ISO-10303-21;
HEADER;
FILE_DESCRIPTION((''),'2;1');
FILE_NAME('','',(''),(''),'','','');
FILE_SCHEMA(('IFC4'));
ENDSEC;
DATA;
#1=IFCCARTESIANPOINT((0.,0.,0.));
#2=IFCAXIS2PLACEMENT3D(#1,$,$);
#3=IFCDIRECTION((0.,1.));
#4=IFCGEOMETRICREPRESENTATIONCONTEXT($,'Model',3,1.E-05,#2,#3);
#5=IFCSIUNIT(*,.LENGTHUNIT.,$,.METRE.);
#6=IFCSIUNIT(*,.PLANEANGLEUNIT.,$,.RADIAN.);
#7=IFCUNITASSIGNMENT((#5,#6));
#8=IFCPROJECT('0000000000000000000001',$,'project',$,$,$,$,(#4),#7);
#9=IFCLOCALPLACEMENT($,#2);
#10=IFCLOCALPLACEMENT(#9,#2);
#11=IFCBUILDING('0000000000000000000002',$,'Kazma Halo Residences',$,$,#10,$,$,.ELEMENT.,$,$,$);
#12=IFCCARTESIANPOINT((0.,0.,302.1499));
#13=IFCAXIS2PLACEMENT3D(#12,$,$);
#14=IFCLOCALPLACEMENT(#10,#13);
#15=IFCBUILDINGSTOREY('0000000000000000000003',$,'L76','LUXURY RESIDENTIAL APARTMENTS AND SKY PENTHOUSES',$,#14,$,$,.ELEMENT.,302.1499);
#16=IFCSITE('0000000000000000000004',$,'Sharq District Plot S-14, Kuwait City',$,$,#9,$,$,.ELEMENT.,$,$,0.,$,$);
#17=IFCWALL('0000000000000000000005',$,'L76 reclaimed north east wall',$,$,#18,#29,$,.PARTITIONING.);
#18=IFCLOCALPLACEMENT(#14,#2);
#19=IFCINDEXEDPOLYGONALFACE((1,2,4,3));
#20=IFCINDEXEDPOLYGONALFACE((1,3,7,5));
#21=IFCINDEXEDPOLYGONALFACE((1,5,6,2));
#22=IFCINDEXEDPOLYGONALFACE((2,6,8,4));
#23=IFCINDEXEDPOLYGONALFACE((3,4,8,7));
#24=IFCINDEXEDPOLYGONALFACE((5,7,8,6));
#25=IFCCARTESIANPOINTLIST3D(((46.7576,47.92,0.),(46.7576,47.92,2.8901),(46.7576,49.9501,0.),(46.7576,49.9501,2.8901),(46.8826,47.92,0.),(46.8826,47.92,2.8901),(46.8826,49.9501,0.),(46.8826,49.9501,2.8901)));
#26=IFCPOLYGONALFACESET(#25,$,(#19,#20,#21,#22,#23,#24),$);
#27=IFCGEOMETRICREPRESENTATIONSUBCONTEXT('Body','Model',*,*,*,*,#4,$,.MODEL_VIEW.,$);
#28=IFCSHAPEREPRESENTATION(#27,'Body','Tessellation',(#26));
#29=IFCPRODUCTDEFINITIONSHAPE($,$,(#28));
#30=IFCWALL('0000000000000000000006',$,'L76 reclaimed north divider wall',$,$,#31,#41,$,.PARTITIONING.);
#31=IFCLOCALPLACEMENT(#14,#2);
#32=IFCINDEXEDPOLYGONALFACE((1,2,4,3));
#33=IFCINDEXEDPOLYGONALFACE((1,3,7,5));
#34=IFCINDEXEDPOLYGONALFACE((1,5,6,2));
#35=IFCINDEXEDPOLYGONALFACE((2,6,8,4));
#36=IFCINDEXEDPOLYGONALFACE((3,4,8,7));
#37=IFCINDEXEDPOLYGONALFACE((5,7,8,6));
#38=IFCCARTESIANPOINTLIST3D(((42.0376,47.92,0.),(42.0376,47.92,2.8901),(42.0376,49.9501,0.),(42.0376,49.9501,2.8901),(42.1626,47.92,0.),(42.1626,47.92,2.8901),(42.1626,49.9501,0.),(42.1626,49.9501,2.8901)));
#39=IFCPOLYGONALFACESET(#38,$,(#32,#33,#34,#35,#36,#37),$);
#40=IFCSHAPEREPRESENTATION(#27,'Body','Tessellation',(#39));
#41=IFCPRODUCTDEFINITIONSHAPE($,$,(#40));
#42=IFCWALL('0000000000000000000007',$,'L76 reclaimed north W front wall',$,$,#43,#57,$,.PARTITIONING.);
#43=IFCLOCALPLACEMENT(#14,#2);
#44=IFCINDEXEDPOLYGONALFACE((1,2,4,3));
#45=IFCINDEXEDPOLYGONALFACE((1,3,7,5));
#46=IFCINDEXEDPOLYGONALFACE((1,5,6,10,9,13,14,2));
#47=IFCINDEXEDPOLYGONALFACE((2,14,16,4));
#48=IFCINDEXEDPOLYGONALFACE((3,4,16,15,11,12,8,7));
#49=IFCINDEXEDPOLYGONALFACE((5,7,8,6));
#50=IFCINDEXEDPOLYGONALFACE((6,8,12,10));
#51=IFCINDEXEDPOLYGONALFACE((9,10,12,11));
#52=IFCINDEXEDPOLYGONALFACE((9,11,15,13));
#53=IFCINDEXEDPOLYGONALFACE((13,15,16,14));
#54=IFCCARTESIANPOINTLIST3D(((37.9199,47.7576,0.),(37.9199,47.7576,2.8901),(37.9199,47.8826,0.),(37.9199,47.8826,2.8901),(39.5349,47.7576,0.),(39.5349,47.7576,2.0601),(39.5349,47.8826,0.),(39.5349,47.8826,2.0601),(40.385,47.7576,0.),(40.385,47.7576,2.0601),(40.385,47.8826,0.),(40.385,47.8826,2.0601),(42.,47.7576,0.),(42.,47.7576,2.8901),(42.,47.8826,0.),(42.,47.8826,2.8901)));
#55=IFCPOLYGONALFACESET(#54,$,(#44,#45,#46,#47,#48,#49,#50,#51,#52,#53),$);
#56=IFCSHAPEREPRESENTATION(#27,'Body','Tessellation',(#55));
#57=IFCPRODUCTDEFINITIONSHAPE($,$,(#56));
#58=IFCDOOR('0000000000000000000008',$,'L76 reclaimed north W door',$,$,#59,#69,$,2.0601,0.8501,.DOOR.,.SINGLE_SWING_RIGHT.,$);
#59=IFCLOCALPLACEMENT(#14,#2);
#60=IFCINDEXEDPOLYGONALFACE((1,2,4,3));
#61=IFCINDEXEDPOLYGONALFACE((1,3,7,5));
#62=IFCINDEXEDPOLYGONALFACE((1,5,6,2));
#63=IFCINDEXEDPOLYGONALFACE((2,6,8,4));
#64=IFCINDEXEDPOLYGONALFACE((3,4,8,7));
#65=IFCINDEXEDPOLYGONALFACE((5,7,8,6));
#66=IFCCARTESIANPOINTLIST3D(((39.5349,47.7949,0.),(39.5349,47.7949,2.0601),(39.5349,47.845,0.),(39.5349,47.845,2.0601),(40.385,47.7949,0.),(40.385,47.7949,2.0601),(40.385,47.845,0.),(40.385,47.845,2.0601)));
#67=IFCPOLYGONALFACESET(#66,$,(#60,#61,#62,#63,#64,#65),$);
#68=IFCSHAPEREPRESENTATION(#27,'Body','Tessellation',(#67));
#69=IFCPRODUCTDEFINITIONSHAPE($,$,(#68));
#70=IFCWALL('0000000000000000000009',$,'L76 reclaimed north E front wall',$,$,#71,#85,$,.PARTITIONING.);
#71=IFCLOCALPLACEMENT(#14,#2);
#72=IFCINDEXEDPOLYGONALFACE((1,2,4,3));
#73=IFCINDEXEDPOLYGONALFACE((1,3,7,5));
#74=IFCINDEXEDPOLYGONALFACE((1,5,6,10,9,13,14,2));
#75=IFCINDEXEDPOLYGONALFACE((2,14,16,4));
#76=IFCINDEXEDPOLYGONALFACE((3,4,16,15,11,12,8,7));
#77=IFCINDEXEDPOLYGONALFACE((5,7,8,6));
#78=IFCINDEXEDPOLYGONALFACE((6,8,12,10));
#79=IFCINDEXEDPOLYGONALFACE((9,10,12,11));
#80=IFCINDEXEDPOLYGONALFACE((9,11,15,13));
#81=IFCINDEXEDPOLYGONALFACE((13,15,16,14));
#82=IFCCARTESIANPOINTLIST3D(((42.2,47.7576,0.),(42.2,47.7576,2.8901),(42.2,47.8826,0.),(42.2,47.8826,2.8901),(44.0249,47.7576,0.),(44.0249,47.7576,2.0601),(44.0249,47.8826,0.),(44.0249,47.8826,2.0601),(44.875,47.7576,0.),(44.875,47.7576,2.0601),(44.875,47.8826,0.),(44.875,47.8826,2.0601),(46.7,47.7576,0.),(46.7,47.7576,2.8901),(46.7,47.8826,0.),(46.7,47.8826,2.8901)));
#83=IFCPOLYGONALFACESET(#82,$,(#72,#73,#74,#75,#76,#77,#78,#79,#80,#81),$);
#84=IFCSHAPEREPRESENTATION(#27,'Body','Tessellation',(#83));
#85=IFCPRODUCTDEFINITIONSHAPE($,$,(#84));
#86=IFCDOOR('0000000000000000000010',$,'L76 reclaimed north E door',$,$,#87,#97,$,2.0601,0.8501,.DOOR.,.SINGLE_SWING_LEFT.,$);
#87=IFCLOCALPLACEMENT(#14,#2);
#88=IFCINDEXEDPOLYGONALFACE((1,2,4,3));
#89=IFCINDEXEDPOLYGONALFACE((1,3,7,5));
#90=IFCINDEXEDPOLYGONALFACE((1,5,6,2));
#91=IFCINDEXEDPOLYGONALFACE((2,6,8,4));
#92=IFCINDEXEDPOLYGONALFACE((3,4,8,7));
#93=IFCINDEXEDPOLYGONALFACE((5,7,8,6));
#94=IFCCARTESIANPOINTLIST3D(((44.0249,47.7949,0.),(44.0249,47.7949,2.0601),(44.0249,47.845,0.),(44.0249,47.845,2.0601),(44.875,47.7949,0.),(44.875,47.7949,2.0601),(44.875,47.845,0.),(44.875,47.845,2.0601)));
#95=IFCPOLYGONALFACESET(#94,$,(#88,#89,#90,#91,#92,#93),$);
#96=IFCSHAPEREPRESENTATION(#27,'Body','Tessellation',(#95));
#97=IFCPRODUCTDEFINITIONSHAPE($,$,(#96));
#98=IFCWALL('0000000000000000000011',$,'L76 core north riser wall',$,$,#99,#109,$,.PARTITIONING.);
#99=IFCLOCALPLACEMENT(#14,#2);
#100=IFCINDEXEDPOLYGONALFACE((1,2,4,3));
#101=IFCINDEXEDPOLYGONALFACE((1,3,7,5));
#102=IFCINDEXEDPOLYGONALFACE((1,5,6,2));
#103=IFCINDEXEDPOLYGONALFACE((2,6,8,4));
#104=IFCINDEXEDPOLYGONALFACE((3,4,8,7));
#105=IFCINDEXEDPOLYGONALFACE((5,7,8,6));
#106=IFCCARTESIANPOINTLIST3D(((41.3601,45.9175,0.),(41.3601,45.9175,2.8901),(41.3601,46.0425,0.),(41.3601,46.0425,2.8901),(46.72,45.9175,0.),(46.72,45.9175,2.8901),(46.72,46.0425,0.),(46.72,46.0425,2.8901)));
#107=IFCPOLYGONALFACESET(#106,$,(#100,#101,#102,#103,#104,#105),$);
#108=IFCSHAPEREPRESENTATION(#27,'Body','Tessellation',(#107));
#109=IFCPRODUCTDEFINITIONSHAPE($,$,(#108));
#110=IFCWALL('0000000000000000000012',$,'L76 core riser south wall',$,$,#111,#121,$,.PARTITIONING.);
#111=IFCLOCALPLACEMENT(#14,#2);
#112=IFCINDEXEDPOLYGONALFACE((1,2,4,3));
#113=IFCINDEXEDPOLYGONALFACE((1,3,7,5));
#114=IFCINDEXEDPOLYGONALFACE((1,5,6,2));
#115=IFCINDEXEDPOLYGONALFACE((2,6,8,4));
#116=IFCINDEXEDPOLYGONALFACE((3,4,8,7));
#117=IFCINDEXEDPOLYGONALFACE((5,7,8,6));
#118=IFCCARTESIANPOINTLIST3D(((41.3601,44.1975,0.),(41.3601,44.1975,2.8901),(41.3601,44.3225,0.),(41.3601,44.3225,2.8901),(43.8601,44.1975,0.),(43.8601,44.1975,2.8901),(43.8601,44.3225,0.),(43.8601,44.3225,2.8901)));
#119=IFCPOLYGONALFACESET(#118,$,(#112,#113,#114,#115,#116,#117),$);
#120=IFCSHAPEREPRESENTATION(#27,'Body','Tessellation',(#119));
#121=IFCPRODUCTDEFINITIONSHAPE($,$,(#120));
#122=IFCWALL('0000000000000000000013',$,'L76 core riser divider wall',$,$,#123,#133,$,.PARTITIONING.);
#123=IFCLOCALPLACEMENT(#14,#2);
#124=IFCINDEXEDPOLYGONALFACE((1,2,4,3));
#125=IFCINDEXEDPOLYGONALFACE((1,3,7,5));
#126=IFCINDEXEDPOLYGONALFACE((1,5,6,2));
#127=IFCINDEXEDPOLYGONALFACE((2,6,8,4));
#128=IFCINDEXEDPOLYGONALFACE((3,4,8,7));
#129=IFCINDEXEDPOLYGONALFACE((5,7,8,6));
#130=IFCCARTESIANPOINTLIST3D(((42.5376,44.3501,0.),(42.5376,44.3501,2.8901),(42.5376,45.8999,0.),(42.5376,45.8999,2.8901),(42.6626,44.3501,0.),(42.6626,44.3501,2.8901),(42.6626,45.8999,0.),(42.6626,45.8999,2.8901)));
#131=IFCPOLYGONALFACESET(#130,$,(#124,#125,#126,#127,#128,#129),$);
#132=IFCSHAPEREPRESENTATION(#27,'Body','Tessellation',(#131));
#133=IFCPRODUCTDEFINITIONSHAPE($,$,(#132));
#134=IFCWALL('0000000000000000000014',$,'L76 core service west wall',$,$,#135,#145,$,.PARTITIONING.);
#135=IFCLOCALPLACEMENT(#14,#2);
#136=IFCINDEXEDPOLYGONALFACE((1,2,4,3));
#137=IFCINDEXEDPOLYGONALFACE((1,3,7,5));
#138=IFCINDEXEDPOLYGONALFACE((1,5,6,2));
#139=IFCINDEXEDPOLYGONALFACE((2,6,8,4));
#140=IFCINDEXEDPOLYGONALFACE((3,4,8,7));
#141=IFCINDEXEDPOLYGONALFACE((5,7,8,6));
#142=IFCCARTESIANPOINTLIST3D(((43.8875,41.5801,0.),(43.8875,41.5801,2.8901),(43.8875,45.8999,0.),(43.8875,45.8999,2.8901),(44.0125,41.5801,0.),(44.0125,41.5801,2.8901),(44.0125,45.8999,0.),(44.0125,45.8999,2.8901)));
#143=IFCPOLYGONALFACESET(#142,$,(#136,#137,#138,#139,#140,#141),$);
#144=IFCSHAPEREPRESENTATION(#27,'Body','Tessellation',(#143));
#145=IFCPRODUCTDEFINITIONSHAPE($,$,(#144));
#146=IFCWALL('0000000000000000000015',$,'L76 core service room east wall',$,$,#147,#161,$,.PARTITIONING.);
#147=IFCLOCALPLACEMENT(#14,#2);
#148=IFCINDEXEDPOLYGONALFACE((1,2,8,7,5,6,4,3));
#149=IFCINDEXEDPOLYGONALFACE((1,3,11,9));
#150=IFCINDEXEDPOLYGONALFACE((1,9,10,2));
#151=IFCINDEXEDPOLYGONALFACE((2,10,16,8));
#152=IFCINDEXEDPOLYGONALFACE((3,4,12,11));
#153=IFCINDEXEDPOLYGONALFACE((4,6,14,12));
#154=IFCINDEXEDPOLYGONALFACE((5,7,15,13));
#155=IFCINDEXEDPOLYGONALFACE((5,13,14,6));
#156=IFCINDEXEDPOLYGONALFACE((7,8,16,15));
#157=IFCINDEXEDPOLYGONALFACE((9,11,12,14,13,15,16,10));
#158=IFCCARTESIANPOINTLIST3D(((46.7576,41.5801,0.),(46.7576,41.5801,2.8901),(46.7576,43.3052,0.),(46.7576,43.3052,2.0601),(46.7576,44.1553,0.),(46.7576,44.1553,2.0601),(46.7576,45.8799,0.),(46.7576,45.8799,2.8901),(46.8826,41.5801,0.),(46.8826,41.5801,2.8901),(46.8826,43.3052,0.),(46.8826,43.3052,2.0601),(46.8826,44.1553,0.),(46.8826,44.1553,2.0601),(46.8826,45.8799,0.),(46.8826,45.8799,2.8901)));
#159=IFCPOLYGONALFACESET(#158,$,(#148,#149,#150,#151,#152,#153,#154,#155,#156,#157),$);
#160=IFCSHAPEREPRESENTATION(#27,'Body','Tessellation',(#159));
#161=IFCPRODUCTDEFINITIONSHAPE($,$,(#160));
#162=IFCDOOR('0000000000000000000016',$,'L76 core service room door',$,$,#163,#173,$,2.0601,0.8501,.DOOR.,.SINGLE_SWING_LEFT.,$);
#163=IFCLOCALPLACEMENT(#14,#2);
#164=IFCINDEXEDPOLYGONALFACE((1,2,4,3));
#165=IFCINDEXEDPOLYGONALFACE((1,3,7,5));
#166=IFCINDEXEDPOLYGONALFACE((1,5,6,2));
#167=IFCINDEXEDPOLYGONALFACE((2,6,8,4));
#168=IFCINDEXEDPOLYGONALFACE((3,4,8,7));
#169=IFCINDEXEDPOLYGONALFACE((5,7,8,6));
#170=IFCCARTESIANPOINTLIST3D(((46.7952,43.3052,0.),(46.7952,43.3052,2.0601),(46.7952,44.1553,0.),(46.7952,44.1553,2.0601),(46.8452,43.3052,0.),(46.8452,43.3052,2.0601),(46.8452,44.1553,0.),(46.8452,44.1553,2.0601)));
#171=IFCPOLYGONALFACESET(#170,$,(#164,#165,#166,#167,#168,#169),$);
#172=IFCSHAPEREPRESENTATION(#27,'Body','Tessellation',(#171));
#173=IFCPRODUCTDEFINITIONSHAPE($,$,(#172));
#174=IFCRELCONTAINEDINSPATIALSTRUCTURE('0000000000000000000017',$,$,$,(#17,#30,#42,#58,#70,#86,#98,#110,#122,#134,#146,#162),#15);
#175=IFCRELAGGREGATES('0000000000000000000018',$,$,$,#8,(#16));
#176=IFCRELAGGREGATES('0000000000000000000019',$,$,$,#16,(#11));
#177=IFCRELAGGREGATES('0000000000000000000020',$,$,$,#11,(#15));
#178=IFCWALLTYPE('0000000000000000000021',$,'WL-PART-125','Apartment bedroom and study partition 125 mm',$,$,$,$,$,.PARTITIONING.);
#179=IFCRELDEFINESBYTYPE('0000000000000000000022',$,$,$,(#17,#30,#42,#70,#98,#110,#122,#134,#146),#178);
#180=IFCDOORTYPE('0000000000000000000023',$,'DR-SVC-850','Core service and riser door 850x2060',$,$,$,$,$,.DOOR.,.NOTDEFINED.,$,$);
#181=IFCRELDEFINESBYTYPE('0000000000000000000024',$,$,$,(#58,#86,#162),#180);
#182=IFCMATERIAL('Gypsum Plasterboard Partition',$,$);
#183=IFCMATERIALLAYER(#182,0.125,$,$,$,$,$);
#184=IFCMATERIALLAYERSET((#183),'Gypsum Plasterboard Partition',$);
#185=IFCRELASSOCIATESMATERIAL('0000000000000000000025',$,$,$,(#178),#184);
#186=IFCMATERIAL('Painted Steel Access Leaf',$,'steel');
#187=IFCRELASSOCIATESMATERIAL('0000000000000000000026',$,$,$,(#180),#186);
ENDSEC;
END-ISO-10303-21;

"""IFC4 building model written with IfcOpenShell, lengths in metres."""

from ifc_helpers import new_model, si_unit, direction, frame, frame_2d, origin, place, context, subcontext, project, spatial, rectangle, extrude, material, layer, layer_set, type_object, element, fill, save


model = new_model("IFC4")

# Units and contexts
model_context = context("Model", 3, precision=1e-05, world=origin(), true_north=direction((0.0, 1.0)))
body_context = subcontext(model_context, "Body", "Model", "MODEL_VIEW")
ifc_project = project(units=[si_unit("LENGTHUNIT", "METRE"), si_unit("PLANEANGLEUNIT", "RADIAN")], contexts=[model_context])

# Site, building, storey
site_placement = place(None, origin())
site = spatial("IfcSite", under=ifc_project, at=site_placement, Name="Sharq District Plot S-14, Kuwait City", CompositionType="ELEMENT", RefElevation=0.0)
building_placement = place(site_placement, origin())
building = spatial("IfcBuilding", under=site, at=building_placement, Name="Kazma Halo Residences", CompositionType="ELEMENT")
storey_placement = place(building_placement, frame((0.0, 0.0, 302.1499)))
storey = spatial("IfcBuildingStorey", under=building, at=storey_placement, Name="L76", Description="LUXURY RESIDENTIAL APARTMENTS AND SKY PENTHOUSES", CompositionType="ELEMENT", Elevation=302.1499)

# Walls
ifc_material_1 = material(Name="Gypsum Plasterboard Partition")
ifc_layer_1 = layer(ifc_material_1, 0.125)
ifc_layer_set_1 = layer_set([ifc_layer_1], Name="Gypsum Plasterboard Partition")
wall_type_1 = type_object("IfcWallType", Name="WL-PART-125", Description="Apartment bedroom and study partition 125 mm", PredefinedType="PARTITIONING", material=ifc_layer_set_1)
for number, where, z_axis, x_axis, name in (
    (1, (46.8201, 47.9199, 0.0), (0.0, 0.0, 1.0), (0.0, 1.0, 0.0), "L76 reclaimed north east wall"),
    (2, (42.1001, 47.9199, 0.0), (0.0, 0.0, 1.0), (0.0, 1.0, 0.0), "L76 reclaimed north divider wall"),
):
    element("IfcWall", number, at=place(storey_placement, frame(where, z_axis=z_axis, x_axis=x_axis)), inside=storey, type_object=wall_type_1, Name=name, PredefinedType="PARTITIONING", context=body_context, shape_type="SweptSolid", body=[
        extrude(rectangle(XDim=2.03, YDim=0.125, at=frame_2d((1.0151, 0.0))), origin(), (0.0, 0.0, 1.0), 2.8901),
    ])

# Walls, openings, doors
wall_1_placement = place(storey_placement, frame((37.9199, 47.8201, 0.0), z_axis=(0.0, 0.0, 1.0), x_axis=(1.0, 0.0, 0.0)))
wall_1 = element("IfcWall", 3, at=wall_1_placement, inside=storey, type_object=wall_type_1, Name="L76 reclaimed north W front wall", PredefinedType="PARTITIONING", context=body_context, shape_type="SweptSolid", body=[
    extrude(rectangle(XDim=4.0801, YDim=0.125, at=frame_2d((2.04, 0.0))), origin(), (0.0, 0.0, 1.0), 2.8901),
])
opening_1_placement = place(wall_1_placement, frame((1.615, 0.0, 0.0)))
opening_1 = element("IfcOpeningElement", 4, at=opening_1_placement, cuts=wall_1, PredefinedType="OPENING", context=body_context, shape_type="SweptSolid", body=[
    extrude(rectangle(XDim=0.8501, YDim=2.0601, at=frame_2d((0.425, 1.03))), frame((0.0, 0.0725, 0.0), z_axis=(0.0, -1.0, 0.0), x_axis=(1.0, 0.0, 0.0)), (0.0, 0.0, 1.0), 0.145),
])
ifc_material_2 = material(Name="Painted Steel Access Leaf", Category="steel")
door_type_1 = type_object("IfcDoorType", Name="DR-SVC-850", Description="Core service and riser door 850x2060", OperationType="NOTDEFINED", PredefinedType="DOOR", material=ifc_material_2)
door_1_placement = place(opening_1_placement, origin())
door_1 = element("IfcDoor", 5, at=door_1_placement, inside=storey, type_object=door_type_1, Name="L76 reclaimed north W door", OperationType="SINGLE_SWING_RIGHT", OverallHeight=2.0601, OverallWidth=0.8501, PredefinedType="DOOR", context=body_context, shape_type="SweptSolid", body=[
    extrude(rectangle(XDim=0.8501, YDim=2.0601, at=frame_2d((0.425, 1.03))), frame((0.0, 0.0249, 0.0), z_axis=(0.0, -1.0, 0.0), x_axis=(1.0, 0.0, 0.0)), (0.0, 0.0, 1.0), 0.05),
])
fill(opening_1, door_1)
wall_2_placement = place(storey_placement, frame((42.2, 47.8201, 0.0), z_axis=(0.0, 0.0, 1.0), x_axis=(1.0, 0.0, 0.0)))
wall_2 = element("IfcWall", 6, at=wall_2_placement, inside=storey, type_object=wall_type_1, Name="L76 reclaimed north E front wall", PredefinedType="PARTITIONING", context=body_context, shape_type="SweptSolid", body=[
    extrude(rectangle(XDim=4.5, YDim=0.125, at=frame_2d((2.25, 0.0))), origin(), (0.0, 0.0, 1.0), 2.8901),
])
opening_2_placement = place(wall_2_placement, frame((1.825, 0.0, 0.0)))
opening_2 = element("IfcOpeningElement", 7, at=opening_2_placement, cuts=wall_2, PredefinedType="OPENING", context=body_context, shape_type="SweptSolid", body=[
    extrude(rectangle(XDim=0.8501, YDim=2.0601, at=frame_2d((0.425, 1.03))), frame((0.0, 0.0725, 0.0), z_axis=(0.0, -1.0, 0.0), x_axis=(1.0, 0.0, 0.0)), (0.0, 0.0, 1.0), 0.145),
])
door_2_placement = place(opening_2_placement, origin())
door_2 = element("IfcDoor", 8, at=door_2_placement, inside=storey, type_object=door_type_1, Name="L76 reclaimed north E door", OperationType="SINGLE_SWING_LEFT", OverallHeight=2.0601, OverallWidth=0.8501, PredefinedType="DOOR", context=body_context, shape_type="SweptSolid", body=[
    extrude(rectangle(XDim=0.8501, YDim=2.0601, at=frame_2d((0.425, 1.03))), frame((0.0, 0.0249, 0.0), z_axis=(0.0, -1.0, 0.0), x_axis=(1.0, 0.0, 0.0)), (0.0, 0.0, 1.0), 0.05),
])
fill(opening_2, door_2)

# Walls
wall_3_placement = place(storey_placement, frame((41.3601, 45.98, 0.0), z_axis=(0.0, 0.0, 1.0), x_axis=(1.0, 0.0, 0.0)))
element("IfcWall", 9, at=wall_3_placement, inside=storey, type_object=wall_type_1, Name="L76 core north riser wall", PredefinedType="PARTITIONING", context=body_context, shape_type="SweptSolid", body=[
    extrude(rectangle(XDim=5.3599, YDim=0.125, at=frame_2d((2.6799, 0.0))), origin(), (0.0, 0.0, 1.0), 2.8901),
])
wall_4_placement = place(storey_placement, frame((41.3601, 44.26, 0.0), z_axis=(0.0, 0.0, 1.0), x_axis=(1.0, 0.0, 0.0)))
element("IfcWall", 10, at=wall_4_placement, inside=storey, type_object=wall_type_1, Name="L76 core riser south wall", PredefinedType="PARTITIONING", context=body_context, shape_type="SweptSolid", body=[
    extrude(rectangle(XDim=2.5, YDim=0.125, at=frame_2d((1.25, 0.0))), origin(), (0.0, 0.0, 1.0), 2.8901),
])
wall_5_placement = place(storey_placement, frame((42.6001, 44.3501, 0.0), z_axis=(0.0, 0.0, 1.0), x_axis=(0.0, 1.0, 0.0)))
element("IfcWall", 11, at=wall_5_placement, inside=storey, type_object=wall_type_1, Name="L76 core riser divider wall", PredefinedType="PARTITIONING", context=body_context, shape_type="SweptSolid", body=[
    extrude(rectangle(XDim=1.5498, YDim=0.125, at=frame_2d((0.7749, 0.0))), origin(), (0.0, 0.0, 1.0), 2.8901),
])
wall_6_placement = place(storey_placement, frame((43.95, 41.5801, 0.0), z_axis=(0.0, 0.0, 1.0), x_axis=(0.0, 1.0, 0.0)))
element("IfcWall", 12, at=wall_6_placement, inside=storey, type_object=wall_type_1, Name="L76 core service west wall", PredefinedType="PARTITIONING", context=body_context, shape_type="SweptSolid", body=[
    extrude(rectangle(XDim=4.3198, YDim=0.125, at=frame_2d((2.1599, 0.0))), origin(), (0.0, 0.0, 1.0), 2.8901),
])

# Wall, opening, door
wall_7_placement = place(storey_placement, frame((46.8201, 41.5801, 0.0), z_axis=(0.0, 0.0, 1.0), x_axis=(0.0, 1.0, 0.0)))
wall_7 = element("IfcWall", 13, at=wall_7_placement, inside=storey, type_object=wall_type_1, Name="L76 core service room east wall", PredefinedType="PARTITIONING", context=body_context, shape_type="SweptSolid", body=[
    extrude(rectangle(XDim=4.2998, YDim=0.125, at=frame_2d((2.1499, 0.0))), origin(), (0.0, 0.0, 1.0), 2.8901),
])
opening_3_placement = place(wall_7_placement, frame((1.7251, 0.0, 0.0)))
opening_3 = element("IfcOpeningElement", 14, at=opening_3_placement, cuts=wall_7, PredefinedType="OPENING", context=body_context, shape_type="SweptSolid", body=[
    extrude(rectangle(XDim=0.8501, YDim=2.0601, at=frame_2d((0.425, 1.03))), frame((0.0, 0.0725, 0.0), z_axis=(0.0, -1.0, 0.0), x_axis=(1.0, 0.0, 0.0)), (0.0, 0.0, 1.0), 0.145),
])
door_3_placement = place(opening_3_placement, origin())
door_3 = element("IfcDoor", 15, at=door_3_placement, inside=storey, type_object=door_type_1, Name="L76 core service room door", OperationType="SINGLE_SWING_LEFT", OverallHeight=2.0601, OverallWidth=0.8501, PredefinedType="DOOR", context=body_context, shape_type="SweptSolid", body=[
    extrude(rectangle(XDim=0.8501, YDim=2.0601, at=frame_2d((0.425, 1.03))), frame((0.0, 0.0249, 0.0), z_axis=(0.0, -1.0, 0.0), x_axis=(1.0, 0.0, 0.0)), (0.0, 0.0, 1.0), 0.05),
])
fill(opening_3, door_3)

save(model, "model.ifc")
